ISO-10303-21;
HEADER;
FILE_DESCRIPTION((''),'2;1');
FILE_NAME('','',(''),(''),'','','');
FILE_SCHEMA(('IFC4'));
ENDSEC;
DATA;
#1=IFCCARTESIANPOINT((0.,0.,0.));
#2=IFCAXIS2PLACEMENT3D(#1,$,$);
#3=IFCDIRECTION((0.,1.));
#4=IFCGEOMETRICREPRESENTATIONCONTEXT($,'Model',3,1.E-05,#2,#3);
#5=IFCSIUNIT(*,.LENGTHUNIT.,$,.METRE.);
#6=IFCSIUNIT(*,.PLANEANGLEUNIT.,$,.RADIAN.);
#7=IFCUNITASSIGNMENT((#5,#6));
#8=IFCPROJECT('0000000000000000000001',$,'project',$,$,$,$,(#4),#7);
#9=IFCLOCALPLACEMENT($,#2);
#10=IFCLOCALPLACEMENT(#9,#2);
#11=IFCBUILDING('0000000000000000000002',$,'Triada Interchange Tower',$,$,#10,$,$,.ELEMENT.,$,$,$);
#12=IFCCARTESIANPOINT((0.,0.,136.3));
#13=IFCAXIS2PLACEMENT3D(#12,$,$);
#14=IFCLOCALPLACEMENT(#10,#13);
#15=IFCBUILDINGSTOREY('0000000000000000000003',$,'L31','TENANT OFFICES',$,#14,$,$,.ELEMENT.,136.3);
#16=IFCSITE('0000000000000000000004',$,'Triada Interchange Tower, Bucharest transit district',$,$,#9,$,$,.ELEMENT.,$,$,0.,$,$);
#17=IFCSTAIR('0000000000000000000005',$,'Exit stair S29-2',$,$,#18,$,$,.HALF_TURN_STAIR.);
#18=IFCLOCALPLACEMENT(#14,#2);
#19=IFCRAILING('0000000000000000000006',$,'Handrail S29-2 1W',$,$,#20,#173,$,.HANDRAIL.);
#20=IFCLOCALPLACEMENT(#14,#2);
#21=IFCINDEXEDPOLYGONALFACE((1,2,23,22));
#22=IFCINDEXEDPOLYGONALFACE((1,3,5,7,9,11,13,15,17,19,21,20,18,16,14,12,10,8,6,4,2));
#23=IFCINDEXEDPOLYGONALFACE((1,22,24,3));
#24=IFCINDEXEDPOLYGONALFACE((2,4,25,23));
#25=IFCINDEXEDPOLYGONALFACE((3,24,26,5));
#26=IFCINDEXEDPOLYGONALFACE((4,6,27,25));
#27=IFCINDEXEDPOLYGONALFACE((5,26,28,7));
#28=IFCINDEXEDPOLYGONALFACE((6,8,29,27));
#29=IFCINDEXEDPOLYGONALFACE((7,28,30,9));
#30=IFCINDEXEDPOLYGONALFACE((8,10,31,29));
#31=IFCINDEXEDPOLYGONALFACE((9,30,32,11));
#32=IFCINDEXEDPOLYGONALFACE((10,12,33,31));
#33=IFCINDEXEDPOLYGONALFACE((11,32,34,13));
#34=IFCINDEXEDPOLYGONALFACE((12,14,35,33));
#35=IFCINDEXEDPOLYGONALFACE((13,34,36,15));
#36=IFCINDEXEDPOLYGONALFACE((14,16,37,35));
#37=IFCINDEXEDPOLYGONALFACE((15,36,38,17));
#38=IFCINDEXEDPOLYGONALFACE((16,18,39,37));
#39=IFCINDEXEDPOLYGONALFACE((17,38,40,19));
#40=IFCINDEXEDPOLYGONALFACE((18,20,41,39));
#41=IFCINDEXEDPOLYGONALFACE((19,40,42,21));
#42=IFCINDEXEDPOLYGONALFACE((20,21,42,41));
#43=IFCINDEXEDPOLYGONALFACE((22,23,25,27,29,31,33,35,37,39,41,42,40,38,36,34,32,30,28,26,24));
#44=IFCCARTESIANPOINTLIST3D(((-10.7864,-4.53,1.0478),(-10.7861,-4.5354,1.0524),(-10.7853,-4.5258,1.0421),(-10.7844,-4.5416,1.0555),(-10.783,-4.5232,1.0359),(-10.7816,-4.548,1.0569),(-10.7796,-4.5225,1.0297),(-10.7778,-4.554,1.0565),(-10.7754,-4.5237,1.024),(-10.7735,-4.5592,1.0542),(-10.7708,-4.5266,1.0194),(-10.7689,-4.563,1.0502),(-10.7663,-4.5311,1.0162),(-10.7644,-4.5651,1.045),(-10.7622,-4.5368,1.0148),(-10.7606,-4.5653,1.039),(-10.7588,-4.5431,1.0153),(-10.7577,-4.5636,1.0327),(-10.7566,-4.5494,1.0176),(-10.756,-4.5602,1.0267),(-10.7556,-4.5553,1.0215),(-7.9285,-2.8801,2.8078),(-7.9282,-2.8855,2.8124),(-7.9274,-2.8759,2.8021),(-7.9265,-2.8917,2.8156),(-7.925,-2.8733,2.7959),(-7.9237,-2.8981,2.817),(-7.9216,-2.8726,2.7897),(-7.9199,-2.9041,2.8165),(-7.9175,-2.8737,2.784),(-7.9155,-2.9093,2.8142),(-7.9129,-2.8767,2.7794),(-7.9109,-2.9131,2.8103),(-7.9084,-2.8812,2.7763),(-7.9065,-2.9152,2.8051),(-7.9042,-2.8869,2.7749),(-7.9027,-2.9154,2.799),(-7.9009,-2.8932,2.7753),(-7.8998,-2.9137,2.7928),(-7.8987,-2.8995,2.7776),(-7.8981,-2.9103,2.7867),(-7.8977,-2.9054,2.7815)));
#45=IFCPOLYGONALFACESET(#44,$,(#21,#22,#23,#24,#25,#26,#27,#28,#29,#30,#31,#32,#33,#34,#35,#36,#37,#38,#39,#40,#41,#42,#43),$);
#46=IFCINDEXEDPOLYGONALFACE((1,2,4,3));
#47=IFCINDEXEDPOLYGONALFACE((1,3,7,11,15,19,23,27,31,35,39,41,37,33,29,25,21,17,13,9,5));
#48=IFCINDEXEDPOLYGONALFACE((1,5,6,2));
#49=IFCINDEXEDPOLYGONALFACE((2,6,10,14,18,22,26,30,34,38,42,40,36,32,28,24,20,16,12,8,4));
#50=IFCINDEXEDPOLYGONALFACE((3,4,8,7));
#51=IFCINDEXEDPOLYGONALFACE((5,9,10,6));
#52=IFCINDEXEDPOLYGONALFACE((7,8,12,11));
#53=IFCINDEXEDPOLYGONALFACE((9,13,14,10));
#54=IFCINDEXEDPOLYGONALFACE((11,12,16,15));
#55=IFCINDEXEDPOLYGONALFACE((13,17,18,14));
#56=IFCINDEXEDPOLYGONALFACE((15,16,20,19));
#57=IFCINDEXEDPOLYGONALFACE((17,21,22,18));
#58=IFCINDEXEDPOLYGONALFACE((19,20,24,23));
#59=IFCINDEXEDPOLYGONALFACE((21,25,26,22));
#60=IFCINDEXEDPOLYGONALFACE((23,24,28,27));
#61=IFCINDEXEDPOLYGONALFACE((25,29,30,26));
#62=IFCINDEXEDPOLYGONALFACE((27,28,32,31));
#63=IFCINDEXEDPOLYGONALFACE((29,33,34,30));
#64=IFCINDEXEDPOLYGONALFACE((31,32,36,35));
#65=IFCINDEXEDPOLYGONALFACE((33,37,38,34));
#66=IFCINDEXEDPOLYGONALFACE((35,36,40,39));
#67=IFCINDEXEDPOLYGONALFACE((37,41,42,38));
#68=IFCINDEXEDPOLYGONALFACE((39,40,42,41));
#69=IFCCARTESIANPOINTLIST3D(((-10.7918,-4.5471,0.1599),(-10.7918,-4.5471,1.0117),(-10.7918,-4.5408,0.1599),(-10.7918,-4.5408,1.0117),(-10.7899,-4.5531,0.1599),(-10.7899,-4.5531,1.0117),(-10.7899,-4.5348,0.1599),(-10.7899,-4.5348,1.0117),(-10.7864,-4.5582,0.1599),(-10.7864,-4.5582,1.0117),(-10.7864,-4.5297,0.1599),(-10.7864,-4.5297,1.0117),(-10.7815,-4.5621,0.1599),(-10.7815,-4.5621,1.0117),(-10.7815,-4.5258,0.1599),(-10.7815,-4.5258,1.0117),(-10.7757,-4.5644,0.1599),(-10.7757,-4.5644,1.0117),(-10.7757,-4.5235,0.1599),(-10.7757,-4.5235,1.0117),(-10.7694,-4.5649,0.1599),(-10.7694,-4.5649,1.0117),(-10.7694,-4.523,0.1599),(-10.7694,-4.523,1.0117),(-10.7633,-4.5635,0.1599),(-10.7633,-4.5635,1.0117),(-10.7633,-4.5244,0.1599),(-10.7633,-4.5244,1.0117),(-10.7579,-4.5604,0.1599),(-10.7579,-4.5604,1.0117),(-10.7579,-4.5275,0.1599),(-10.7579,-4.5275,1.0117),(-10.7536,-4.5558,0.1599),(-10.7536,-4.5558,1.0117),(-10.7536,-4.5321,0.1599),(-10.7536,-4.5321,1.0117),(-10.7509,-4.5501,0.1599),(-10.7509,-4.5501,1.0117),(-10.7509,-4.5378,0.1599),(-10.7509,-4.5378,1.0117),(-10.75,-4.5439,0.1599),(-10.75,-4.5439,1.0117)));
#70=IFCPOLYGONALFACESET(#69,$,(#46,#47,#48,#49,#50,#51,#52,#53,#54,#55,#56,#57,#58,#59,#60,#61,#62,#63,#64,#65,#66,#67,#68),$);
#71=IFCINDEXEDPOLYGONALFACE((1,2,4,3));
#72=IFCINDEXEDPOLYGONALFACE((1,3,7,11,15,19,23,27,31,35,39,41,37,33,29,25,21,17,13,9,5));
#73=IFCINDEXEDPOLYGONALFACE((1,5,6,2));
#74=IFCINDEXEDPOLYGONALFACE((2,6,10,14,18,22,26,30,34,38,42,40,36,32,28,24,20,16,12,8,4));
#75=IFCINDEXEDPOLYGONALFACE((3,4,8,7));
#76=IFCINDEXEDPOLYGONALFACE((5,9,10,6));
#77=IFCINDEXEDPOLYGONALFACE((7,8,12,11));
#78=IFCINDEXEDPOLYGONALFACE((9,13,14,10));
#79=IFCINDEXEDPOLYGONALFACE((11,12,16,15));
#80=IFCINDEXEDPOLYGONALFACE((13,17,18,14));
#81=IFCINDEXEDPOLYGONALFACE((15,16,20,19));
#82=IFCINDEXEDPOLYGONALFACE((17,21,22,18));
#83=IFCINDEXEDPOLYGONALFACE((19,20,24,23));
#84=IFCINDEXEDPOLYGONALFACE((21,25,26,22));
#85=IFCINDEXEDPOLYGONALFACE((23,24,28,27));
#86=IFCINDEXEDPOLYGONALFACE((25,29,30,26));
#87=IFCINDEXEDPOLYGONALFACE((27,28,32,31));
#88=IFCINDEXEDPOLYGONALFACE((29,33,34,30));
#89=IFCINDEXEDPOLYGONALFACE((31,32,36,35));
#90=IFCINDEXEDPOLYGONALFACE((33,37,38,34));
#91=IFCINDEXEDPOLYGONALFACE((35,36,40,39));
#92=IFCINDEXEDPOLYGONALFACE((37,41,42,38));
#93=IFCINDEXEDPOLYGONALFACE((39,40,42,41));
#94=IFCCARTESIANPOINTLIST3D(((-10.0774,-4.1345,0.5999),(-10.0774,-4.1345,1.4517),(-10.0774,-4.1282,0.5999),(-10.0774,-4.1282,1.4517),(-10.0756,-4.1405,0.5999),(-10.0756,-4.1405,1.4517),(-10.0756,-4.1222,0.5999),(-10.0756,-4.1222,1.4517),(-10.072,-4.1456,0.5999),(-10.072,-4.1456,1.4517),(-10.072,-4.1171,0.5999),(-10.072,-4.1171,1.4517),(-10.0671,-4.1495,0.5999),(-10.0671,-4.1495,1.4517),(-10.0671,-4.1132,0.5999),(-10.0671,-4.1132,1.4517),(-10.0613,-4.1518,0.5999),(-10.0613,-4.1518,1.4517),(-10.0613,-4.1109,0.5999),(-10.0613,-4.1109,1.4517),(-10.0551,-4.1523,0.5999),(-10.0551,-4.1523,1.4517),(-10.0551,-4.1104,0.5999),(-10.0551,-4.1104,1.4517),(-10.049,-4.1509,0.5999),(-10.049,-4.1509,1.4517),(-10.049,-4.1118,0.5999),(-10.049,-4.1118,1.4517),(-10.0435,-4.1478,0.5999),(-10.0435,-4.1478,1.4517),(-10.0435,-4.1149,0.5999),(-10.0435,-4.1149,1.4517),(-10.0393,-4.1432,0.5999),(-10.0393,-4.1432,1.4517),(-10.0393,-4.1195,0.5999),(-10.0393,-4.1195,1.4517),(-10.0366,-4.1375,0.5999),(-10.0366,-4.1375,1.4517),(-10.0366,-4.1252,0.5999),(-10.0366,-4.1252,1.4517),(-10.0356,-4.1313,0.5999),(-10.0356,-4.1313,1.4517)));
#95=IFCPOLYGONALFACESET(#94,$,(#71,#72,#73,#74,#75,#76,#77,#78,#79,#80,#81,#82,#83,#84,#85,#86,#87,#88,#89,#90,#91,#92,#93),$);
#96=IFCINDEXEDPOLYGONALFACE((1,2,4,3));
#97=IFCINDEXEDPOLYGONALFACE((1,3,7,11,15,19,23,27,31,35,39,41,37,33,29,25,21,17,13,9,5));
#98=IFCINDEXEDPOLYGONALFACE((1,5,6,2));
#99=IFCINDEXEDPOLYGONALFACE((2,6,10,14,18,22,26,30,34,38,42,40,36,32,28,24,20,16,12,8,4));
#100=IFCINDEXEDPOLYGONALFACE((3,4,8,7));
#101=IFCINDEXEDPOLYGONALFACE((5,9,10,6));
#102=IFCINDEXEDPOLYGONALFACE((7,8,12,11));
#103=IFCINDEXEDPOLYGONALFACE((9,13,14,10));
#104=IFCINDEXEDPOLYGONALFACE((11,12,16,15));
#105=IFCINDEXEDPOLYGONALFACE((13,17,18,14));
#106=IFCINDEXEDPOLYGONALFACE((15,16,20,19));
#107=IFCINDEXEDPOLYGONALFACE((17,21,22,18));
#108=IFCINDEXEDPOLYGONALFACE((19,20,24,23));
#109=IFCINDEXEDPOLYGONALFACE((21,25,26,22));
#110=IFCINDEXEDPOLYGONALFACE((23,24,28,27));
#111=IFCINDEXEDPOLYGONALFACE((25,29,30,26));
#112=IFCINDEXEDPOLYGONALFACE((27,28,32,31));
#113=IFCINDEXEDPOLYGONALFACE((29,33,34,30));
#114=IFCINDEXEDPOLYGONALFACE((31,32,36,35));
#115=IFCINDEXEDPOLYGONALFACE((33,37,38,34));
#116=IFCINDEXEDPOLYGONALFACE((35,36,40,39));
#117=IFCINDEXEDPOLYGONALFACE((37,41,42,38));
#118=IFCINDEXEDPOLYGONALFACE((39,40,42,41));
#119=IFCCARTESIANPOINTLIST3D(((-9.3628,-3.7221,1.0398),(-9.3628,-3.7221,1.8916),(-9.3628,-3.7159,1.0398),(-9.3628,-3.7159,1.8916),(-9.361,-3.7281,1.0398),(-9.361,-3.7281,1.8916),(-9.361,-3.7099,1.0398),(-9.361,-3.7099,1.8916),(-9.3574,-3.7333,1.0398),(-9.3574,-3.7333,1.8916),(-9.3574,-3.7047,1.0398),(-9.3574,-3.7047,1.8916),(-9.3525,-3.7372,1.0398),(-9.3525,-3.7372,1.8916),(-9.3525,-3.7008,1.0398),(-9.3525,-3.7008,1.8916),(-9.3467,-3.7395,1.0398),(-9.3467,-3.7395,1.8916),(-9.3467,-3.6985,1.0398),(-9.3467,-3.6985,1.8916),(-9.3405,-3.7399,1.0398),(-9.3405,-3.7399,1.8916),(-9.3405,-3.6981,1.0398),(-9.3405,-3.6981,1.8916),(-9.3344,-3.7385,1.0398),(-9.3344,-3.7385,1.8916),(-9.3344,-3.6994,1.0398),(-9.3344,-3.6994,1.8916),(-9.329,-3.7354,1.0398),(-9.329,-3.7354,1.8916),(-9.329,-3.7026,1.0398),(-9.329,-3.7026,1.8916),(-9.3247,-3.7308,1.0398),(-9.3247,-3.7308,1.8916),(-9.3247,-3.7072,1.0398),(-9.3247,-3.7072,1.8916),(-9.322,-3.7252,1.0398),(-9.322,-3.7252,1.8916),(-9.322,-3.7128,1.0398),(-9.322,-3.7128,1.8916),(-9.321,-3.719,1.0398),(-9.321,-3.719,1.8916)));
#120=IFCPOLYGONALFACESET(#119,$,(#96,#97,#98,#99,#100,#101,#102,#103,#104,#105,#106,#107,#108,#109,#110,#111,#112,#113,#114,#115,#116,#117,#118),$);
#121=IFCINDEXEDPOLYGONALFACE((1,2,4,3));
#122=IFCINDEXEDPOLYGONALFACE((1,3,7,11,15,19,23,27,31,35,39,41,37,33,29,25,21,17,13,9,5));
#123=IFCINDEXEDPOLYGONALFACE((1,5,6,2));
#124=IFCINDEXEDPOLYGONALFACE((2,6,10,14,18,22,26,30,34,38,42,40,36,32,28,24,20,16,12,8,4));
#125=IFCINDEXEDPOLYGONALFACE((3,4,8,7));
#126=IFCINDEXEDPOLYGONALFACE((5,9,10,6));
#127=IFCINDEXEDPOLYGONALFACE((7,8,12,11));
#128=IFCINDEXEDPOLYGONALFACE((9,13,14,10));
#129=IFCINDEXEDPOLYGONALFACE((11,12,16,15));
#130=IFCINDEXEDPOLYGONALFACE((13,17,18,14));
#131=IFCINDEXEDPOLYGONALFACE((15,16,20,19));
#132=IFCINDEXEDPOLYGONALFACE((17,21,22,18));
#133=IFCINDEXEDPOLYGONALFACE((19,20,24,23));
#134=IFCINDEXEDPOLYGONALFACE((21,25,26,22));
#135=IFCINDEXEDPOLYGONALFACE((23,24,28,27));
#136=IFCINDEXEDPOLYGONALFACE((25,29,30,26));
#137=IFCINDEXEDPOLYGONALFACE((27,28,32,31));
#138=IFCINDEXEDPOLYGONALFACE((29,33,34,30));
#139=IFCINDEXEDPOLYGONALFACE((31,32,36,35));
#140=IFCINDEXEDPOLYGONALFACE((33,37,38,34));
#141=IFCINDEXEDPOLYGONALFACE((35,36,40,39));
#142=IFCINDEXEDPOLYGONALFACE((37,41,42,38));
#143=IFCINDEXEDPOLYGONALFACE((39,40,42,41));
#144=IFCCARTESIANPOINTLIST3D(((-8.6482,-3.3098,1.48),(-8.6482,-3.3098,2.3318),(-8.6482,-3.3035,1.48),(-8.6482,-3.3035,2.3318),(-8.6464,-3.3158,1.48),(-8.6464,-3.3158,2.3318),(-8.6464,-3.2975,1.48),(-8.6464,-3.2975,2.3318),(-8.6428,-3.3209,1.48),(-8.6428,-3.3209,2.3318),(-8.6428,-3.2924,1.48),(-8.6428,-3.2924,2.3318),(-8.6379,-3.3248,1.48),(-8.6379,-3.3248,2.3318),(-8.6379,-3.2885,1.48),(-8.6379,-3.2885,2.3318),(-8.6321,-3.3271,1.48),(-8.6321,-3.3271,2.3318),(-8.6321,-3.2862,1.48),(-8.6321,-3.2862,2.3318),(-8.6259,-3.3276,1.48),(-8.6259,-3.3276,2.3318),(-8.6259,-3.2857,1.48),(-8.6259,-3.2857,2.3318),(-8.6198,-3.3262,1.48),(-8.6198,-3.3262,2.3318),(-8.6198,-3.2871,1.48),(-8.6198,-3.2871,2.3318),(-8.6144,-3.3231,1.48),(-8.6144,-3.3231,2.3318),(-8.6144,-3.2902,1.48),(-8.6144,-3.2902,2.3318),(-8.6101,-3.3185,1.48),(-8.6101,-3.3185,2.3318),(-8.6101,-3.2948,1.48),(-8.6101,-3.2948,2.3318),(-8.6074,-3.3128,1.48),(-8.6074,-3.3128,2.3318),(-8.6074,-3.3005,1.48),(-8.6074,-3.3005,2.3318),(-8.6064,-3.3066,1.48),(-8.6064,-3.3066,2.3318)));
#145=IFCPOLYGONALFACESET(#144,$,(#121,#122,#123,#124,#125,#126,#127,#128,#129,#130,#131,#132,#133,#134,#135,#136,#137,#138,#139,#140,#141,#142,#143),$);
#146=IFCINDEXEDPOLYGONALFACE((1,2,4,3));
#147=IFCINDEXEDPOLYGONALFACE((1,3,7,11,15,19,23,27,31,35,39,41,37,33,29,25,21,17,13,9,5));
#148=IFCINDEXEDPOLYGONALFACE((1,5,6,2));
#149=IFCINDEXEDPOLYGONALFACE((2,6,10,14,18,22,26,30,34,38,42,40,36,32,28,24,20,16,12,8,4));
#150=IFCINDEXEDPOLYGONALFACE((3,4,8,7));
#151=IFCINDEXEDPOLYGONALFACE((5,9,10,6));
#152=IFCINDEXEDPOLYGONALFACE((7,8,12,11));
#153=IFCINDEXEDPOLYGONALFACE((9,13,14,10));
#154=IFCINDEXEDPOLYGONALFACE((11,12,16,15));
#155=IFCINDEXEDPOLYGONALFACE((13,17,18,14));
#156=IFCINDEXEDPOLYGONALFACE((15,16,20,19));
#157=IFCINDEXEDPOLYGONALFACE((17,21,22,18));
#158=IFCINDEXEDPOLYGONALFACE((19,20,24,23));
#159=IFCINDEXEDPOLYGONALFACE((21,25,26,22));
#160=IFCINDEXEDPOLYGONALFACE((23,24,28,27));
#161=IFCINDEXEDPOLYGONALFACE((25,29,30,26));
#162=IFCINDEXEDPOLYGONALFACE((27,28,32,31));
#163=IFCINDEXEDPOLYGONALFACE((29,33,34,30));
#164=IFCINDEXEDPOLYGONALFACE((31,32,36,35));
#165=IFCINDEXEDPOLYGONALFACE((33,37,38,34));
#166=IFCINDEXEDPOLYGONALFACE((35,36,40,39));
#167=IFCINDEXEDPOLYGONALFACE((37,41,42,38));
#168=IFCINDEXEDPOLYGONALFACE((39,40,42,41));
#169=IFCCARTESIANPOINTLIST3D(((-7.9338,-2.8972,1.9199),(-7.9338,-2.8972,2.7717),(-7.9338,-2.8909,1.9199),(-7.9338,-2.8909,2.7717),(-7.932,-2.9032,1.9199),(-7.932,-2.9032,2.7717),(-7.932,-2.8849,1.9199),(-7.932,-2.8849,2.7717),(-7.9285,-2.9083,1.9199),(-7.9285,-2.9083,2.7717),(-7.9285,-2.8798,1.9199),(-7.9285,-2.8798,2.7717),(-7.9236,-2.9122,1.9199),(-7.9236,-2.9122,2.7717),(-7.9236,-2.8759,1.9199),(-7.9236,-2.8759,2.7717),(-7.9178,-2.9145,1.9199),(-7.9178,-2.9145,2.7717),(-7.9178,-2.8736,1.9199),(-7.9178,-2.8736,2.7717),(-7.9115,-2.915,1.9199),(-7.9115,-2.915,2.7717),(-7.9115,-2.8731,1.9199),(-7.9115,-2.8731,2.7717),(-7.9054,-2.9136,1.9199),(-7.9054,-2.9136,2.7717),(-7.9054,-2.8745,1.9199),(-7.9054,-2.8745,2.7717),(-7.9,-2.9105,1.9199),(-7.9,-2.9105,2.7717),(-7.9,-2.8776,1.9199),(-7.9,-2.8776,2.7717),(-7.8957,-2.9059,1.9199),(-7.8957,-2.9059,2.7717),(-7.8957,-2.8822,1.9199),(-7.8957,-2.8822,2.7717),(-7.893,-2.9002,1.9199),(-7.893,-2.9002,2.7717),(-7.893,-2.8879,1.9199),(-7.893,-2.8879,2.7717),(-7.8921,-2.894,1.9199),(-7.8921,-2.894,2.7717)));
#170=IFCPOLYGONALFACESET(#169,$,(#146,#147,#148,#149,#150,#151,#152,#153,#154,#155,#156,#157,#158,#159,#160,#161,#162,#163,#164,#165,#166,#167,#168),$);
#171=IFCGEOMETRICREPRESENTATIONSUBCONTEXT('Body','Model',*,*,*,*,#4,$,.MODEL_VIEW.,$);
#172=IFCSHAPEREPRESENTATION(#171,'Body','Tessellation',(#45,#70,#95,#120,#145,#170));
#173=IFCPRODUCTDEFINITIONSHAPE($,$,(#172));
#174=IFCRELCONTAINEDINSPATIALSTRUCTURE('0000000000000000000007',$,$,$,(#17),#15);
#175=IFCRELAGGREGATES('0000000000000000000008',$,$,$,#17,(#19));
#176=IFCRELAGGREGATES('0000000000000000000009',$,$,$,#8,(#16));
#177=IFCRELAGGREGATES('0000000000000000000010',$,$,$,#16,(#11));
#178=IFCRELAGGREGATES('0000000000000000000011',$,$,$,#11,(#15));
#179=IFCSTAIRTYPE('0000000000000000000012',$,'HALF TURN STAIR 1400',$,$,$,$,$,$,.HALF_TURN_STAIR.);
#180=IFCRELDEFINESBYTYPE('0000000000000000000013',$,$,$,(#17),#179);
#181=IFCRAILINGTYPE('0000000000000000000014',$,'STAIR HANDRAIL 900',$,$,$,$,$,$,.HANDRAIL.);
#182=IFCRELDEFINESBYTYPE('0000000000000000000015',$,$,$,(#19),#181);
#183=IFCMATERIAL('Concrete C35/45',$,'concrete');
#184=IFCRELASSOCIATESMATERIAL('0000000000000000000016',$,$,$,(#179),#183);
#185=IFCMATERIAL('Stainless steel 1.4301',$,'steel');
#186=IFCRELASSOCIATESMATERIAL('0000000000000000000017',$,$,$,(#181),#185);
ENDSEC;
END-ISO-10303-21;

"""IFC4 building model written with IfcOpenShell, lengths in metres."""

from ifc_helpers import new_model, si_unit, direction, frame, origin, origin_2d, place, context, subcontext, project, spatial, circle, extrude, material, type_object, element, aggregate, save


model = new_model("IFC4")

# Units and contexts
model_context = context("Model", 3, precision=1e-05, world=origin(), true_north=direction((0.0, 1.0)))
body_context = subcontext(model_context, "Body", "Model", "MODEL_VIEW")
ifc_project = project(units=[si_unit("LENGTHUNIT", "METRE"), si_unit("PLANEANGLEUNIT", "RADIAN")], contexts=[model_context])

# Site, building, storey
site_placement = place(None, origin())
site = spatial("IfcSite", under=ifc_project, at=site_placement, Name="Triada Interchange Tower, Bucharest transit district", CompositionType="ELEMENT", RefElevation=0.0)
building_placement = place(site_placement, origin())
building = spatial("IfcBuilding", under=site, at=building_placement, Name="Triada Interchange Tower", CompositionType="ELEMENT")
storey_placement = place(building_placement, frame((0.0, 0.0, 136.3)))
storey = spatial("IfcBuildingStorey", under=building, at=storey_placement, Name="L31", Description="TENANT OFFICES", CompositionType="ELEMENT", Elevation=136.3)

# Stair, railing
ifc_material_1 = material(Name="Concrete C35/45", Category="concrete")
stair_type = type_object("IfcStairType", Name="HALF TURN STAIR 1400", PredefinedType="HALF_TURN_STAIR", material=ifc_material_1)
stair_placement = place(storey_placement, origin())
stair = element("IfcStair", 1, at=stair_placement, inside=storey, type_object=stair_type, Name="Exit stair S29-2", PredefinedType="HALF_TURN_STAIR")
ifc_material_2 = material(Name="Stainless steel 1.4301", Category="steel")
railing_type = type_object("IfcRailingType", Name="STAIR HANDRAIL 900", PredefinedType="HANDRAIL", material=ifc_material_2)
railing_1_placement = place(storey_placement, frame((-10.771, -4.5439, 0.1599)))
railing_1 = element("IfcRailing", 2, at=railing_1_placement, type_object=railing_type, Name="Handrail S29-2 1W", PredefinedType="HANDRAIL", context=body_context, shape_type="SweptSolid", body=[
    extrude(circle(Radius=0.0239, at=origin_2d()), frame((0.0, 0.0, 0.876), z_axis=(0.764151, 0.441153, 0.470593), x_axis=(-0.499974, 0.86604, 0.0)), (0.0, 0.0, 1.0), 3.74),
    extrude(circle(Radius=0.021, at=origin_2d()), origin(), (0.0, 0.0, 1.0), 0.8518),
    extrude(circle(Radius=0.021, at=origin_2d()), frame((0.7144, 0.4126, 0.4399)), (0.0, 0.0, 1.0), 0.8518),
    extrude(circle(Radius=0.021, at=origin_2d()), frame((1.429, 0.825, 0.8799)), (0.0, 0.0, 1.0), 0.8518),
    extrude(circle(Radius=0.021, at=origin_2d()), frame((2.1436, 1.2373, 1.3201)), (0.0, 0.0, 1.0), 0.8518),
    extrude(circle(Radius=0.021, at=origin_2d()), frame((2.8579, 1.6499, 1.76)), (0.0, 0.0, 1.0), 0.8518),
])
aggregate(stair, [railing_1])

save(model, "model.ifc")
